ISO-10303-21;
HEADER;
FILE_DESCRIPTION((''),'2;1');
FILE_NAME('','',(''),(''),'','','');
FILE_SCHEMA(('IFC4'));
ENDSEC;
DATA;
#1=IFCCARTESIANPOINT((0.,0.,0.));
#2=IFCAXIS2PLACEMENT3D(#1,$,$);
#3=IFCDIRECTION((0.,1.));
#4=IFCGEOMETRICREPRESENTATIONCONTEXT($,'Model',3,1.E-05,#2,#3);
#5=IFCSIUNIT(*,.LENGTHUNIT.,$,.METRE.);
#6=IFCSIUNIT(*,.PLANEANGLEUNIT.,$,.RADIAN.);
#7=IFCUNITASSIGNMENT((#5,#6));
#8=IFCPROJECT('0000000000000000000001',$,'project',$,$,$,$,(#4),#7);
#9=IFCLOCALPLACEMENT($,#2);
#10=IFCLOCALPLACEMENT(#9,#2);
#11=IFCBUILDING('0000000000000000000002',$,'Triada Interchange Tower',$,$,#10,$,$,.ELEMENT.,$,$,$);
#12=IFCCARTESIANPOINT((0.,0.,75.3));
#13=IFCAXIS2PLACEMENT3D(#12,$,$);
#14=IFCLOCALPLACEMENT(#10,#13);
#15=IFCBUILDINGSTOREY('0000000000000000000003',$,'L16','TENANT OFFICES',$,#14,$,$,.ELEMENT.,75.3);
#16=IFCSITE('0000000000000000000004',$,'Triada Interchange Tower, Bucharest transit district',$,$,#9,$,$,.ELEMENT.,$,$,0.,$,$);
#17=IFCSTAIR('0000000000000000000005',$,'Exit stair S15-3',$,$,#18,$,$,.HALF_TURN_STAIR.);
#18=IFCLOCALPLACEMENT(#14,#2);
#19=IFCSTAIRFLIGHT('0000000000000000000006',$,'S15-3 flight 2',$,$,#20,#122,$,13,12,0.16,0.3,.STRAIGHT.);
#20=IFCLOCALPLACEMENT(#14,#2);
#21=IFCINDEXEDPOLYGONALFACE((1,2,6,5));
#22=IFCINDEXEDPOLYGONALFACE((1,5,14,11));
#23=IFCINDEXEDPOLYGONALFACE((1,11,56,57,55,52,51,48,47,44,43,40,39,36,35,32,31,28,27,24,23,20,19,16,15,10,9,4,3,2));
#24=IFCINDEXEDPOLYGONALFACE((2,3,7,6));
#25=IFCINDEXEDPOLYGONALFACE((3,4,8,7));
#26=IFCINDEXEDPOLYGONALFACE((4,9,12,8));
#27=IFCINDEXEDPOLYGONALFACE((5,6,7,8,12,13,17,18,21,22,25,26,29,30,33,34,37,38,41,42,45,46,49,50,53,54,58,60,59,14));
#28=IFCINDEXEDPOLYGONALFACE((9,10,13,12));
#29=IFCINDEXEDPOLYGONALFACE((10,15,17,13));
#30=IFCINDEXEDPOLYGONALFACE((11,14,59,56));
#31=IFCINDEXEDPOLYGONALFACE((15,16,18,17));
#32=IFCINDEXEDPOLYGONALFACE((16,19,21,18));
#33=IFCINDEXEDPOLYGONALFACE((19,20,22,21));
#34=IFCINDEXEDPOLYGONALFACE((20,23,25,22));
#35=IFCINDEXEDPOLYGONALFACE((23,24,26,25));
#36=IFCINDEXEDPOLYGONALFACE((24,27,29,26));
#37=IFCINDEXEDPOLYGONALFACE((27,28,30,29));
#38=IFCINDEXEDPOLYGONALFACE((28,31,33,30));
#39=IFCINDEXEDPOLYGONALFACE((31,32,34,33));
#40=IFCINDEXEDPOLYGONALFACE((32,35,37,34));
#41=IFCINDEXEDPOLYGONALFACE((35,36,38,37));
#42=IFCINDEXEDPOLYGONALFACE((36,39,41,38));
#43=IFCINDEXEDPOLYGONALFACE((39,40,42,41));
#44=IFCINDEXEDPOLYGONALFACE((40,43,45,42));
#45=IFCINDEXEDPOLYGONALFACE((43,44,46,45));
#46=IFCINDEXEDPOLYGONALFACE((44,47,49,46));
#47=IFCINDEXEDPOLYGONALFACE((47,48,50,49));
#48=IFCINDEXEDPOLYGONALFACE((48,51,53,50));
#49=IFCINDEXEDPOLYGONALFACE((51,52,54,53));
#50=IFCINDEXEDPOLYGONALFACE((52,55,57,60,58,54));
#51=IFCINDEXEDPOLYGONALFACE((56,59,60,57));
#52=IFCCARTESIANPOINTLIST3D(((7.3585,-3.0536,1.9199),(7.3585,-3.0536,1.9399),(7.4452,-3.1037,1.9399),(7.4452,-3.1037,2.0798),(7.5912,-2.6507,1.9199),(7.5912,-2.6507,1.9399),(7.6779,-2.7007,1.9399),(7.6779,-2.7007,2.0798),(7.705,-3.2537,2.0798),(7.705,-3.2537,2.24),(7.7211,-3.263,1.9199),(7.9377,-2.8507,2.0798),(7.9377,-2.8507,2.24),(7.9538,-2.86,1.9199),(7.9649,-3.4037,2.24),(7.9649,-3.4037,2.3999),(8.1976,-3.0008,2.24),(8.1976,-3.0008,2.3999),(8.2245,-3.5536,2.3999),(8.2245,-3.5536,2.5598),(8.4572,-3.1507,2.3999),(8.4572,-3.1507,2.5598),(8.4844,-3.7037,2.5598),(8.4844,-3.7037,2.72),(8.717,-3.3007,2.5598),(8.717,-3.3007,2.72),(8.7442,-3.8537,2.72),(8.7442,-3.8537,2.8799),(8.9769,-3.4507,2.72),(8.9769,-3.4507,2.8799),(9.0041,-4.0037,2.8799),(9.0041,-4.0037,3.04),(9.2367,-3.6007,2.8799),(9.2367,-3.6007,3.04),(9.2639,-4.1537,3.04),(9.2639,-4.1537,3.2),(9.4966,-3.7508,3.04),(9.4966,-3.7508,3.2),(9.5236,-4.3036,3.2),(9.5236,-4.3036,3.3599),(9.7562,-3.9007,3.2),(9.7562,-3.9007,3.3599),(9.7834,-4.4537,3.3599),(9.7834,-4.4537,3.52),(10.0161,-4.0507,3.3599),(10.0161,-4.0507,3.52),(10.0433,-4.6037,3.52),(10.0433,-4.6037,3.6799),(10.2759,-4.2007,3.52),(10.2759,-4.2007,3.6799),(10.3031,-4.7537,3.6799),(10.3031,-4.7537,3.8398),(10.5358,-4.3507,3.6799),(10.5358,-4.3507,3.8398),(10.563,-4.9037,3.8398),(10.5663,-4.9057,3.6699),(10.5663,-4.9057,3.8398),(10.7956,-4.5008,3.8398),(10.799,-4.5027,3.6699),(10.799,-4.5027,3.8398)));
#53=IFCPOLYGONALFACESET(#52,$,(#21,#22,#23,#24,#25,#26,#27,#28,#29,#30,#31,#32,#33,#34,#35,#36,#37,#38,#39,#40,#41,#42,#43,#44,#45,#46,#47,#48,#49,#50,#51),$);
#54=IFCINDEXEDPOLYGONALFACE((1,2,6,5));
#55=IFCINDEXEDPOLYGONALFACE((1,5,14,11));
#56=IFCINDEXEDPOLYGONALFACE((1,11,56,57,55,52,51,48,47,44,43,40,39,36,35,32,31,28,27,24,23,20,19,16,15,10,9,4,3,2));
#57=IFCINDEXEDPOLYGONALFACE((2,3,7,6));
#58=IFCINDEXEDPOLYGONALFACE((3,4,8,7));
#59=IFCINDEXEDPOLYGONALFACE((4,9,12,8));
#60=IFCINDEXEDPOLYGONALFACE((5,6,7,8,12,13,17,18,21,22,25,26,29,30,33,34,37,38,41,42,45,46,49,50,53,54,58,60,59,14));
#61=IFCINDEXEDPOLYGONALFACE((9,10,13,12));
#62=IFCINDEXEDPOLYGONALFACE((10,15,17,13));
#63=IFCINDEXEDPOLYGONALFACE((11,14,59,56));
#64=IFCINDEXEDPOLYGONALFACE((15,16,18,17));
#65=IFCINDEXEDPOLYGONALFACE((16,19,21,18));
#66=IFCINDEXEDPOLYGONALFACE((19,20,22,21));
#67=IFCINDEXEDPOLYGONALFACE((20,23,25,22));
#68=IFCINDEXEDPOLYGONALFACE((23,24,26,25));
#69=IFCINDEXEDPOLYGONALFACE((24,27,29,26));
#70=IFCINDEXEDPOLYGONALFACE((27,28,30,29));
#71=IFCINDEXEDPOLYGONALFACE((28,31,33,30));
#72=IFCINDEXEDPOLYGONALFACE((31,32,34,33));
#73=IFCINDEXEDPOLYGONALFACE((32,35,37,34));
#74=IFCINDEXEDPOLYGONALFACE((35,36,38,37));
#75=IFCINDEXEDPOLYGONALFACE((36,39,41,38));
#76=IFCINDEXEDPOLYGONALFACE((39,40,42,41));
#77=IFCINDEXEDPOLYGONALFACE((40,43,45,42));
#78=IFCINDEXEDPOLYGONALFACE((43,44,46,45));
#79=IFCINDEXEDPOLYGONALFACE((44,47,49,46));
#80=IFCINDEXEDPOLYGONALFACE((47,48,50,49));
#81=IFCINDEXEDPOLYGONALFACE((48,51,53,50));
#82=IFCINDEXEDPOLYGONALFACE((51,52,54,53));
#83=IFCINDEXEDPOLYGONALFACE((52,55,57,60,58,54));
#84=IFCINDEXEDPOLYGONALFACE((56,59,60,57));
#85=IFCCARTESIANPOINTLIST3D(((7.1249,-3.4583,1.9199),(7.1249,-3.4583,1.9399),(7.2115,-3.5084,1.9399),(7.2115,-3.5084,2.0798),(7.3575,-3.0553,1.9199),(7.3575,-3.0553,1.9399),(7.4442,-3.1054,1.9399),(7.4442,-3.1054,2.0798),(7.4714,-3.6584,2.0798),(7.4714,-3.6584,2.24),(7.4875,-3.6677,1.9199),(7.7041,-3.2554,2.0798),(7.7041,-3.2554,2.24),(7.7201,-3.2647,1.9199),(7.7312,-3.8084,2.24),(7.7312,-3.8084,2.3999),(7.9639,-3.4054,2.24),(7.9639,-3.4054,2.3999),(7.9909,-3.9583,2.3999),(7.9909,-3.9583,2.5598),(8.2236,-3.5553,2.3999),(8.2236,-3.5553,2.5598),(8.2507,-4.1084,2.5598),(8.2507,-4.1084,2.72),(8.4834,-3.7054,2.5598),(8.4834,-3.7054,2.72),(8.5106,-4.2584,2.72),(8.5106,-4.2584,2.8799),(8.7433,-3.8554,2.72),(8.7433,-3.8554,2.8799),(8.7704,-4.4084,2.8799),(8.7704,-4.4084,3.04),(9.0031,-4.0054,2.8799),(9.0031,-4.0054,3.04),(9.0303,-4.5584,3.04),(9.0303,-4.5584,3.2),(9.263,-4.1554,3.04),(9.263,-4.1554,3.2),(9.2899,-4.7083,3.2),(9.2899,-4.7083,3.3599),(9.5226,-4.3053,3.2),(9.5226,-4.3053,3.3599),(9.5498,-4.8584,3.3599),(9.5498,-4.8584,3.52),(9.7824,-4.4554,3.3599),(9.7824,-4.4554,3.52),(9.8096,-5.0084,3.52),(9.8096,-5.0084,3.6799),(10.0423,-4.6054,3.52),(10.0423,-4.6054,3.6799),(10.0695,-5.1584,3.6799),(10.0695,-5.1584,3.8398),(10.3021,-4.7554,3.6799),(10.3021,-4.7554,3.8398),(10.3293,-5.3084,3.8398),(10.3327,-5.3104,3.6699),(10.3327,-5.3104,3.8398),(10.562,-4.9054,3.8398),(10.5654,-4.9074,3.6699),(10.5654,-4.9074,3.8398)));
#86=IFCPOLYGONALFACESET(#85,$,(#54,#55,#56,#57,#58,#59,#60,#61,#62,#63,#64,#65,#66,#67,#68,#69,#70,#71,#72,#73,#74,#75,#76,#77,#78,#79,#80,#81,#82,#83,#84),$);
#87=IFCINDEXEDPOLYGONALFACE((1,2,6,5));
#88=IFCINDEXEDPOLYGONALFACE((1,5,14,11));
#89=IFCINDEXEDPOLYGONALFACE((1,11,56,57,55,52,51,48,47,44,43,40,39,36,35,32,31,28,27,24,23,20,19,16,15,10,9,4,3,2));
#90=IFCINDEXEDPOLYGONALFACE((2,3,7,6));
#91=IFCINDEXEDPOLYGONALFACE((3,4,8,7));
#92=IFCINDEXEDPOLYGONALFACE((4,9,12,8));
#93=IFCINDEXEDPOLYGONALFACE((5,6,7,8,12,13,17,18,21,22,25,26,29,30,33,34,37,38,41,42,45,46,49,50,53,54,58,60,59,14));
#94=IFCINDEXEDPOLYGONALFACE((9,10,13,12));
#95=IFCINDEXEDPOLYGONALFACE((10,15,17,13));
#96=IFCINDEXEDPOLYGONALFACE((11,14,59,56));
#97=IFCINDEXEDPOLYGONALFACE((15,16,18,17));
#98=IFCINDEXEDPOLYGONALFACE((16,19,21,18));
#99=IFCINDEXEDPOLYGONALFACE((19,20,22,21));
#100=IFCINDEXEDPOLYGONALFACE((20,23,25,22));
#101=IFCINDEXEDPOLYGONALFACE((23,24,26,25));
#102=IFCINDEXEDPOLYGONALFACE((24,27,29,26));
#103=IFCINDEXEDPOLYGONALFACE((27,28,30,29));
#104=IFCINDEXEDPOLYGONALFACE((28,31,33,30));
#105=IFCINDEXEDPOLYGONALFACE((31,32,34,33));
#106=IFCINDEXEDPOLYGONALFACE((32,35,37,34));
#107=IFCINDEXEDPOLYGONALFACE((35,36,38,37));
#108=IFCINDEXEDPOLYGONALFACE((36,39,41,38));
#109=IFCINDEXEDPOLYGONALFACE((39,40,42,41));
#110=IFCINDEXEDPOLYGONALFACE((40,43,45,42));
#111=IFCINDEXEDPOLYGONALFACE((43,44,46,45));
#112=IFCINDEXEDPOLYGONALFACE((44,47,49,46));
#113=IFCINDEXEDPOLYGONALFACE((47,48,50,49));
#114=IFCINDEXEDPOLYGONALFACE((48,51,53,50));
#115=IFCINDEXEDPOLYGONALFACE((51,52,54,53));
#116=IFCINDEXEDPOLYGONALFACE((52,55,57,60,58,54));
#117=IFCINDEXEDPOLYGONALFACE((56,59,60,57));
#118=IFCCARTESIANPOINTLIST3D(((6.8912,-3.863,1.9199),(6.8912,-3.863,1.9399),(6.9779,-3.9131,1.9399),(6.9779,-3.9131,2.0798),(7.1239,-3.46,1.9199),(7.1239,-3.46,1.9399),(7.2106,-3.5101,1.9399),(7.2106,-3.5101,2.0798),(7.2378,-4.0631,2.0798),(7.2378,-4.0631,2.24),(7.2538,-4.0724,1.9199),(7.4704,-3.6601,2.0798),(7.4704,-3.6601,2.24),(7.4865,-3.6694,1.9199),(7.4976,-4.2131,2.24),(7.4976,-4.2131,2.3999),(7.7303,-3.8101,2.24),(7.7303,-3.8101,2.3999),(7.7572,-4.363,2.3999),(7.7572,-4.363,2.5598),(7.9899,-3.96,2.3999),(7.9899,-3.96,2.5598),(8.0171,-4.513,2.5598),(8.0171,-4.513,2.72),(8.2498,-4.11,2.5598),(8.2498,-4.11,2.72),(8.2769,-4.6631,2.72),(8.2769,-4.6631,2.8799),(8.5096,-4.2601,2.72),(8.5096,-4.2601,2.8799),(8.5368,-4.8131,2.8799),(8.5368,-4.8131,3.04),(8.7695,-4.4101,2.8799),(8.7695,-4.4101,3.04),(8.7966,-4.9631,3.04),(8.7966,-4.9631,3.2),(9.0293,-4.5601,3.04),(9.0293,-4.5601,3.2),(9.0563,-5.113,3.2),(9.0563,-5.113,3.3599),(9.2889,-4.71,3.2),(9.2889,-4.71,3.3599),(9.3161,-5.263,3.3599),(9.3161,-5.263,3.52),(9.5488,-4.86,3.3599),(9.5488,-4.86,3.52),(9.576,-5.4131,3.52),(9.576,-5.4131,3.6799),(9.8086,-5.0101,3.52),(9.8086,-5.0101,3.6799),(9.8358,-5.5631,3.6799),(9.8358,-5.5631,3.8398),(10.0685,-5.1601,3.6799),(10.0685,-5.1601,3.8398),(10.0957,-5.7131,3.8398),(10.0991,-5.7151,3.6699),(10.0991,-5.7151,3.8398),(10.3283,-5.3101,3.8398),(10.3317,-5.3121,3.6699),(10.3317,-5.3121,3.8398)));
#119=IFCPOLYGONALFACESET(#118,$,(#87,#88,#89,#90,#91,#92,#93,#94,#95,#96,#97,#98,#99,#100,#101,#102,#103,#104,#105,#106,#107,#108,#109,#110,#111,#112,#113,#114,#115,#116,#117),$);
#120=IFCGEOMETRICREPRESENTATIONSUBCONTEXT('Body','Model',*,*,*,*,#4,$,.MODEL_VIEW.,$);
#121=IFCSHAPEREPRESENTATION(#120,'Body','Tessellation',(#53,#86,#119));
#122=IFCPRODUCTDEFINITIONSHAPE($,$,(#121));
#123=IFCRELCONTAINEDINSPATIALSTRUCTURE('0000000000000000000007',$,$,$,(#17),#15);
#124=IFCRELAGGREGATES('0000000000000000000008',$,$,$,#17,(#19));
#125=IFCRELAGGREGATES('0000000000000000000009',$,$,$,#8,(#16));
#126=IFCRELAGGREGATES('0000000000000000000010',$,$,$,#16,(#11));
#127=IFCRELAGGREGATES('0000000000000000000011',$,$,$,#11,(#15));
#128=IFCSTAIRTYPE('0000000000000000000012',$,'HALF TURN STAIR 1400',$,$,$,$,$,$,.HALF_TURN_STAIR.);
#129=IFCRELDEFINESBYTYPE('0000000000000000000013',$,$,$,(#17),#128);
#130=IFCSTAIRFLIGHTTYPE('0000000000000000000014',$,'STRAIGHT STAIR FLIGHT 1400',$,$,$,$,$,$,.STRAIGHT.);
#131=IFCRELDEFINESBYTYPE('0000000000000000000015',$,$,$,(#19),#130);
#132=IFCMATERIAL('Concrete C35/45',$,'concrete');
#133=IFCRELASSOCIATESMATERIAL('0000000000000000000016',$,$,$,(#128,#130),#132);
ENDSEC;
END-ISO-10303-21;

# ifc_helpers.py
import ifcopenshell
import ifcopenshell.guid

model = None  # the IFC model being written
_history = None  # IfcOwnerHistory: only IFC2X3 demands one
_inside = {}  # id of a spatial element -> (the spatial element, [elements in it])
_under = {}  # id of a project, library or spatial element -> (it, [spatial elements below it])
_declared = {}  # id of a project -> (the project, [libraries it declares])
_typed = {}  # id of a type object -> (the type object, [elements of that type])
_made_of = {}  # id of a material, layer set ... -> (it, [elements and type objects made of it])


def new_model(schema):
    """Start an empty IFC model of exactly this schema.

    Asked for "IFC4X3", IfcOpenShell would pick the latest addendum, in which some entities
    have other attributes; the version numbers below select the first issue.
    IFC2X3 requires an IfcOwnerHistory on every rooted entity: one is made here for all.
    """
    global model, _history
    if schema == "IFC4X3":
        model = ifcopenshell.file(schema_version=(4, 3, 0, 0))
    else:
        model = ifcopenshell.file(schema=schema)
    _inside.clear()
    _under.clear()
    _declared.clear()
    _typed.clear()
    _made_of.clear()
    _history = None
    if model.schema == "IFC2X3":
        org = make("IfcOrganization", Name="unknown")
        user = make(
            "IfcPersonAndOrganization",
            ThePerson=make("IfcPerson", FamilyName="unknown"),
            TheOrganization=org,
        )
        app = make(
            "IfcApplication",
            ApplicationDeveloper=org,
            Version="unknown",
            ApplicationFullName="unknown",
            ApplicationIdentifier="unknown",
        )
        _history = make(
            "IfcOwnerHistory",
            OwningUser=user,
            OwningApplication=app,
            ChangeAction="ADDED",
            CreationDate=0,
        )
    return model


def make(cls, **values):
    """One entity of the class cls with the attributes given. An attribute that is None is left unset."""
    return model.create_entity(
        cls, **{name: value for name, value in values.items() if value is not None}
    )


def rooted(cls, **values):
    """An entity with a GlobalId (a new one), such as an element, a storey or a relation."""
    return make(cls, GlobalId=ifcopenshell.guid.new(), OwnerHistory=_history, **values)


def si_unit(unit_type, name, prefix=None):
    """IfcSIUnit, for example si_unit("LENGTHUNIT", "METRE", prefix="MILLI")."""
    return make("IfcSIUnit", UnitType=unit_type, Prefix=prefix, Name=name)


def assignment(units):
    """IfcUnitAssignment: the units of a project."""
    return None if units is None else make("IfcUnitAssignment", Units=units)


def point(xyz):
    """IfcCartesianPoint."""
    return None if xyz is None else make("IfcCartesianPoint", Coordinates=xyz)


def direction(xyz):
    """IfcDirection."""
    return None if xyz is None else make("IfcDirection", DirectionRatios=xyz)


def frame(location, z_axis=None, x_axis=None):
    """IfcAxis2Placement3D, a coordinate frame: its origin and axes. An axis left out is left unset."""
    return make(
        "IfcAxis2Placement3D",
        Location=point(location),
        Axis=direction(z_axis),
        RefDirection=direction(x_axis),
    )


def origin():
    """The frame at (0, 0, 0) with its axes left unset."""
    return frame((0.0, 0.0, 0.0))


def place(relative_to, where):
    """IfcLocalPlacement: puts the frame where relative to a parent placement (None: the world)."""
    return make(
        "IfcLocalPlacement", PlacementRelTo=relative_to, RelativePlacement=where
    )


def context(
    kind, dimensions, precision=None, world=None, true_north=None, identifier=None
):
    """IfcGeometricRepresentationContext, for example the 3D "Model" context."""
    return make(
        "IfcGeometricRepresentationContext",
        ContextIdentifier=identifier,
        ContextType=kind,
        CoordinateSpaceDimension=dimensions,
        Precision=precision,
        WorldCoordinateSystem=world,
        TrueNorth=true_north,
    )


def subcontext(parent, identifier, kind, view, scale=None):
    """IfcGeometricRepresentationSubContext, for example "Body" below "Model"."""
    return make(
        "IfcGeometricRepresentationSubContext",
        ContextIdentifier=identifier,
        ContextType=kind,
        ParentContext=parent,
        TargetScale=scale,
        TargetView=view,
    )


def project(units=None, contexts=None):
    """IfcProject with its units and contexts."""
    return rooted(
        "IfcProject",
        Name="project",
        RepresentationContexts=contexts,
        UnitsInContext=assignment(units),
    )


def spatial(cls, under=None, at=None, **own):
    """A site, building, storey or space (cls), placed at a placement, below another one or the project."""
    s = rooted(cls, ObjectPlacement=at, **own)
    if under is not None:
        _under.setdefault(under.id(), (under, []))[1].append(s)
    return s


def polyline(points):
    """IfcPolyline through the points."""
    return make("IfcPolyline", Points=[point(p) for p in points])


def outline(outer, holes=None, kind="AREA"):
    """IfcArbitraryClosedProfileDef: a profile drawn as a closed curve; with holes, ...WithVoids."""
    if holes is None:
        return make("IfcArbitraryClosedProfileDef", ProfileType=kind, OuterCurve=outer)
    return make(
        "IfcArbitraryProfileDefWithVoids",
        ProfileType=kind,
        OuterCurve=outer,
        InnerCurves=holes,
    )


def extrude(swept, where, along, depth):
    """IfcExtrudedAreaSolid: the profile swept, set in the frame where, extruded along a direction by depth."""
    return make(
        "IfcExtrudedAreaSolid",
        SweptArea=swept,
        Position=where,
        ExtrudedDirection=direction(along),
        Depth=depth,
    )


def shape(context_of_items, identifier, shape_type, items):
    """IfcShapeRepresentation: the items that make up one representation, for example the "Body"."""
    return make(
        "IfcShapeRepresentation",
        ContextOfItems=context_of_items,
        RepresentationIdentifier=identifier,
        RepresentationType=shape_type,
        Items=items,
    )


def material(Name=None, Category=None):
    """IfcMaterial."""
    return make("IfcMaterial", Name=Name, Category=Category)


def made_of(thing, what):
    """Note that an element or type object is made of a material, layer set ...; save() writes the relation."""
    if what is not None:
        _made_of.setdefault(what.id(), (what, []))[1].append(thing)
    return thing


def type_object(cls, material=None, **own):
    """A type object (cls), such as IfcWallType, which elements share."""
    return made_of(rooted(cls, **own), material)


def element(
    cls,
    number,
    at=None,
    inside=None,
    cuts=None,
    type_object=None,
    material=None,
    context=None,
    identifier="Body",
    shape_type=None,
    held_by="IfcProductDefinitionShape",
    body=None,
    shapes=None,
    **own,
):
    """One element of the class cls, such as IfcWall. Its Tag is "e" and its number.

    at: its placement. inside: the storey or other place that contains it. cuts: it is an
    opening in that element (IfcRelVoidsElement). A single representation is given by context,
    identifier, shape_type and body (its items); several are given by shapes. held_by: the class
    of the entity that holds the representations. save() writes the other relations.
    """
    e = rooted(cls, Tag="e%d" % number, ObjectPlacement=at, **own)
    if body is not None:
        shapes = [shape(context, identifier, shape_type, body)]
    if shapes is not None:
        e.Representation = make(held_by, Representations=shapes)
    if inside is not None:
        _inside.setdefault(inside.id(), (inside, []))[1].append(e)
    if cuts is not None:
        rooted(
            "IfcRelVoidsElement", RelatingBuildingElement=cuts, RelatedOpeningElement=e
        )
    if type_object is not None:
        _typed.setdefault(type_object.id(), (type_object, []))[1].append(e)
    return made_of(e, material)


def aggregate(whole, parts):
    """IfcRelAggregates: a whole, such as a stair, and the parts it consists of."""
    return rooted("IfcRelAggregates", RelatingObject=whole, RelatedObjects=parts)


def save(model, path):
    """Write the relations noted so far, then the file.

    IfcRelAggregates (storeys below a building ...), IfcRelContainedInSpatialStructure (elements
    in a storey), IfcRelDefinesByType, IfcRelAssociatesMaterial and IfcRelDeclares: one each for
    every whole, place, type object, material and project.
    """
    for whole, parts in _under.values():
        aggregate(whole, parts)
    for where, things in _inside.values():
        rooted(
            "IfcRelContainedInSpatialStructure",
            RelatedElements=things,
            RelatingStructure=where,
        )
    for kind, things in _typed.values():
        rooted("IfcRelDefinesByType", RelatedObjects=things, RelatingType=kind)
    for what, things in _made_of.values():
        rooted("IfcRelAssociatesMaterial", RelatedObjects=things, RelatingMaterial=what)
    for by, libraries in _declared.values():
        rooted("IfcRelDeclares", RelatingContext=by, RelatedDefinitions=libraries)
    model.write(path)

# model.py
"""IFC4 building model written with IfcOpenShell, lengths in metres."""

from ifc_helpers import new_model, si_unit, direction, frame, origin, place, context, subcontext, project, spatial, polyline, outline, extrude, material, type_object, element, aggregate, save


model = new_model("IFC4")

# Units and contexts
model_context = context("Model", 3, precision=1e-05, world=origin(), true_north=direction((0.0, 1.0)))
body_context = subcontext(model_context, "Body", "Model", "MODEL_VIEW")
ifc_project = project(units=[si_unit("LENGTHUNIT", "METRE"), si_unit("PLANEANGLEUNIT", "RADIAN")], contexts=[model_context])

# Site, building, storey
site_placement = place(None, origin())
site = spatial("IfcSite", under=ifc_project, at=site_placement, Name="Triada Interchange Tower, Bucharest transit district", CompositionType="ELEMENT", RefElevation=0.0)
building_placement = place(site_placement, origin())
building = spatial("IfcBuilding", under=site, at=building_placement, Name="Triada Interchange Tower", CompositionType="ELEMENT")
storey_placement = place(building_placement, frame((0.0, 0.0, 75.3)))
storey = spatial("IfcBuildingStorey", under=building, at=storey_placement, Name="L16", Description="TENANT OFFICES", CompositionType="ELEMENT", Elevation=75.3)

# Stair, stair flight
ifc_material_1 = material(Name="Concrete C35/45", Category="concrete")
stair_type = type_object("IfcStairType", Name="HALF TURN STAIR 1400", PredefinedType="HALF_TURN_STAIR", material=ifc_material_1)
stair_placement = place(storey_placement, origin())
stair = element("IfcStair", 1, at=stair_placement, inside=storey, type_object=stair_type, Name="Exit stair S15-3", PredefinedType="HALF_TURN_STAIR")
stair_flight_type = type_object("IfcStairFlightType", Name="STRAIGHT STAIR FLIGHT 1400", PredefinedType="STRAIGHT", material=ifc_material_1)
stair_flight_1_placement = place(storey_placement, frame((7.3279, -3.3069, 1.9199), z_axis=(0.0, 0.0, 1.0), x_axis=(0.866025, -0.5, 0.0)))
stair_flight_1 = element("IfcStairFlight", 2, at=stair_flight_1_placement, type_object=stair_flight_type, Name="S15-3 flight 2", NumberOfRisers=13, NumberOfTreads=12, PredefinedType="STRAIGHT", RiserHeight=0.16, TreadLength=0.3, context=body_context, shape_type="SweptSolid", body=[
    extrude(outline(polyline([(-0.1001, 0.0), (-0.1001, 0.02), (0.0, 0.02), (0.0, 0.1599), (0.3, 0.1599), (0.3, 0.3201), (0.6001, 0.3201), (0.6001, 0.48), (0.8999, 0.48), (0.8999, 0.6399), (1.2, 0.6399), (1.2, 0.8), (1.5, 0.8), (1.5, 0.96), (1.8, 0.96), (1.8, 1.1201), (2.1001, 1.1201), (2.1001, 1.28), (2.3999, 1.28), (2.3999, 1.4399), (2.7, 1.4399), (2.7, 1.6001), (3.0, 1.6001), (3.0, 1.76), (3.3, 1.76), (3.3, 1.9199), (3.6001, 1.9199), (3.604, 1.9199), (3.604, 2.0801), (3.604, 1.75), (0.3186, 0.0), (-0.1001, 0.0)])), frame((0.0, 0.7, 0.0), z_axis=(0.0, -1.0, 0.0), x_axis=(1.0, 0.0, 0.0)), (0.0, 0.0, 1.0), 0.4653),
    extrude(outline(polyline([(-0.1001, 0.0), (-0.1001, 0.02), (0.0, 0.02), (0.0, 0.1599), (0.3, 0.1599), (0.3, 0.3201), (0.6001, 0.3201), (0.6001, 0.48), (0.8999, 0.48), (0.8999, 0.6399), (1.2, 0.6399), (1.2, 0.8), (1.5, 0.8), (1.5, 0.96), (1.8, 0.96), (1.8, 1.1201), (2.1001, 1.1201), (2.1001, 1.28), (2.3999, 1.28), (2.3999, 1.4399), (2.7, 1.4399), (2.7, 1.6001), (3.0, 1.6001), (3.0, 1.76), (3.3, 1.76), (3.3, 1.9199), (3.6001, 1.9199), (3.604, 1.9199), (3.604, 2.0801), (3.604, 1.75), (0.3186, 0.0), (-0.1001, 0.0)])), frame((0.0, 0.2327, 0.0), z_axis=(0.0, -1.0, 0.0), x_axis=(1.0, 0.0, 0.0)), (0.0, 0.0, 1.0), 0.4653),
    extrude(outline(polyline([(-0.1001, 0.0), (-0.1001, 0.02), (0.0, 0.02), (0.0, 0.1599), (0.3, 0.1599), (0.3, 0.3201), (0.6001, 0.3201), (0.6001, 0.48), (0.8999, 0.48), (0.8999, 0.6399), (1.2, 0.6399), (1.2, 0.8), (1.5, 0.8), (1.5, 0.96), (1.8, 0.96), (1.8, 1.1201), (2.1001, 1.1201), (2.1001, 1.28), (2.3999, 1.28), (2.3999, 1.4399), (2.7, 1.4399), (2.7, 1.6001), (3.0, 1.6001), (3.0, 1.76), (3.3, 1.76), (3.3, 1.9199), (3.6001, 1.9199), (3.604, 1.9199), (3.604, 2.0801), (3.604, 1.75), (0.3186, 0.0), (-0.1001, 0.0)])), frame((0.0, -0.2346, 0.0), z_axis=(0.0, -1.0, 0.0), x_axis=(1.0, 0.0, 0.0)), (0.0, 0.0, 1.0), 0.4653),
])
aggregate(stair, [stair_flight_1])

save(model, "model.ifc")
